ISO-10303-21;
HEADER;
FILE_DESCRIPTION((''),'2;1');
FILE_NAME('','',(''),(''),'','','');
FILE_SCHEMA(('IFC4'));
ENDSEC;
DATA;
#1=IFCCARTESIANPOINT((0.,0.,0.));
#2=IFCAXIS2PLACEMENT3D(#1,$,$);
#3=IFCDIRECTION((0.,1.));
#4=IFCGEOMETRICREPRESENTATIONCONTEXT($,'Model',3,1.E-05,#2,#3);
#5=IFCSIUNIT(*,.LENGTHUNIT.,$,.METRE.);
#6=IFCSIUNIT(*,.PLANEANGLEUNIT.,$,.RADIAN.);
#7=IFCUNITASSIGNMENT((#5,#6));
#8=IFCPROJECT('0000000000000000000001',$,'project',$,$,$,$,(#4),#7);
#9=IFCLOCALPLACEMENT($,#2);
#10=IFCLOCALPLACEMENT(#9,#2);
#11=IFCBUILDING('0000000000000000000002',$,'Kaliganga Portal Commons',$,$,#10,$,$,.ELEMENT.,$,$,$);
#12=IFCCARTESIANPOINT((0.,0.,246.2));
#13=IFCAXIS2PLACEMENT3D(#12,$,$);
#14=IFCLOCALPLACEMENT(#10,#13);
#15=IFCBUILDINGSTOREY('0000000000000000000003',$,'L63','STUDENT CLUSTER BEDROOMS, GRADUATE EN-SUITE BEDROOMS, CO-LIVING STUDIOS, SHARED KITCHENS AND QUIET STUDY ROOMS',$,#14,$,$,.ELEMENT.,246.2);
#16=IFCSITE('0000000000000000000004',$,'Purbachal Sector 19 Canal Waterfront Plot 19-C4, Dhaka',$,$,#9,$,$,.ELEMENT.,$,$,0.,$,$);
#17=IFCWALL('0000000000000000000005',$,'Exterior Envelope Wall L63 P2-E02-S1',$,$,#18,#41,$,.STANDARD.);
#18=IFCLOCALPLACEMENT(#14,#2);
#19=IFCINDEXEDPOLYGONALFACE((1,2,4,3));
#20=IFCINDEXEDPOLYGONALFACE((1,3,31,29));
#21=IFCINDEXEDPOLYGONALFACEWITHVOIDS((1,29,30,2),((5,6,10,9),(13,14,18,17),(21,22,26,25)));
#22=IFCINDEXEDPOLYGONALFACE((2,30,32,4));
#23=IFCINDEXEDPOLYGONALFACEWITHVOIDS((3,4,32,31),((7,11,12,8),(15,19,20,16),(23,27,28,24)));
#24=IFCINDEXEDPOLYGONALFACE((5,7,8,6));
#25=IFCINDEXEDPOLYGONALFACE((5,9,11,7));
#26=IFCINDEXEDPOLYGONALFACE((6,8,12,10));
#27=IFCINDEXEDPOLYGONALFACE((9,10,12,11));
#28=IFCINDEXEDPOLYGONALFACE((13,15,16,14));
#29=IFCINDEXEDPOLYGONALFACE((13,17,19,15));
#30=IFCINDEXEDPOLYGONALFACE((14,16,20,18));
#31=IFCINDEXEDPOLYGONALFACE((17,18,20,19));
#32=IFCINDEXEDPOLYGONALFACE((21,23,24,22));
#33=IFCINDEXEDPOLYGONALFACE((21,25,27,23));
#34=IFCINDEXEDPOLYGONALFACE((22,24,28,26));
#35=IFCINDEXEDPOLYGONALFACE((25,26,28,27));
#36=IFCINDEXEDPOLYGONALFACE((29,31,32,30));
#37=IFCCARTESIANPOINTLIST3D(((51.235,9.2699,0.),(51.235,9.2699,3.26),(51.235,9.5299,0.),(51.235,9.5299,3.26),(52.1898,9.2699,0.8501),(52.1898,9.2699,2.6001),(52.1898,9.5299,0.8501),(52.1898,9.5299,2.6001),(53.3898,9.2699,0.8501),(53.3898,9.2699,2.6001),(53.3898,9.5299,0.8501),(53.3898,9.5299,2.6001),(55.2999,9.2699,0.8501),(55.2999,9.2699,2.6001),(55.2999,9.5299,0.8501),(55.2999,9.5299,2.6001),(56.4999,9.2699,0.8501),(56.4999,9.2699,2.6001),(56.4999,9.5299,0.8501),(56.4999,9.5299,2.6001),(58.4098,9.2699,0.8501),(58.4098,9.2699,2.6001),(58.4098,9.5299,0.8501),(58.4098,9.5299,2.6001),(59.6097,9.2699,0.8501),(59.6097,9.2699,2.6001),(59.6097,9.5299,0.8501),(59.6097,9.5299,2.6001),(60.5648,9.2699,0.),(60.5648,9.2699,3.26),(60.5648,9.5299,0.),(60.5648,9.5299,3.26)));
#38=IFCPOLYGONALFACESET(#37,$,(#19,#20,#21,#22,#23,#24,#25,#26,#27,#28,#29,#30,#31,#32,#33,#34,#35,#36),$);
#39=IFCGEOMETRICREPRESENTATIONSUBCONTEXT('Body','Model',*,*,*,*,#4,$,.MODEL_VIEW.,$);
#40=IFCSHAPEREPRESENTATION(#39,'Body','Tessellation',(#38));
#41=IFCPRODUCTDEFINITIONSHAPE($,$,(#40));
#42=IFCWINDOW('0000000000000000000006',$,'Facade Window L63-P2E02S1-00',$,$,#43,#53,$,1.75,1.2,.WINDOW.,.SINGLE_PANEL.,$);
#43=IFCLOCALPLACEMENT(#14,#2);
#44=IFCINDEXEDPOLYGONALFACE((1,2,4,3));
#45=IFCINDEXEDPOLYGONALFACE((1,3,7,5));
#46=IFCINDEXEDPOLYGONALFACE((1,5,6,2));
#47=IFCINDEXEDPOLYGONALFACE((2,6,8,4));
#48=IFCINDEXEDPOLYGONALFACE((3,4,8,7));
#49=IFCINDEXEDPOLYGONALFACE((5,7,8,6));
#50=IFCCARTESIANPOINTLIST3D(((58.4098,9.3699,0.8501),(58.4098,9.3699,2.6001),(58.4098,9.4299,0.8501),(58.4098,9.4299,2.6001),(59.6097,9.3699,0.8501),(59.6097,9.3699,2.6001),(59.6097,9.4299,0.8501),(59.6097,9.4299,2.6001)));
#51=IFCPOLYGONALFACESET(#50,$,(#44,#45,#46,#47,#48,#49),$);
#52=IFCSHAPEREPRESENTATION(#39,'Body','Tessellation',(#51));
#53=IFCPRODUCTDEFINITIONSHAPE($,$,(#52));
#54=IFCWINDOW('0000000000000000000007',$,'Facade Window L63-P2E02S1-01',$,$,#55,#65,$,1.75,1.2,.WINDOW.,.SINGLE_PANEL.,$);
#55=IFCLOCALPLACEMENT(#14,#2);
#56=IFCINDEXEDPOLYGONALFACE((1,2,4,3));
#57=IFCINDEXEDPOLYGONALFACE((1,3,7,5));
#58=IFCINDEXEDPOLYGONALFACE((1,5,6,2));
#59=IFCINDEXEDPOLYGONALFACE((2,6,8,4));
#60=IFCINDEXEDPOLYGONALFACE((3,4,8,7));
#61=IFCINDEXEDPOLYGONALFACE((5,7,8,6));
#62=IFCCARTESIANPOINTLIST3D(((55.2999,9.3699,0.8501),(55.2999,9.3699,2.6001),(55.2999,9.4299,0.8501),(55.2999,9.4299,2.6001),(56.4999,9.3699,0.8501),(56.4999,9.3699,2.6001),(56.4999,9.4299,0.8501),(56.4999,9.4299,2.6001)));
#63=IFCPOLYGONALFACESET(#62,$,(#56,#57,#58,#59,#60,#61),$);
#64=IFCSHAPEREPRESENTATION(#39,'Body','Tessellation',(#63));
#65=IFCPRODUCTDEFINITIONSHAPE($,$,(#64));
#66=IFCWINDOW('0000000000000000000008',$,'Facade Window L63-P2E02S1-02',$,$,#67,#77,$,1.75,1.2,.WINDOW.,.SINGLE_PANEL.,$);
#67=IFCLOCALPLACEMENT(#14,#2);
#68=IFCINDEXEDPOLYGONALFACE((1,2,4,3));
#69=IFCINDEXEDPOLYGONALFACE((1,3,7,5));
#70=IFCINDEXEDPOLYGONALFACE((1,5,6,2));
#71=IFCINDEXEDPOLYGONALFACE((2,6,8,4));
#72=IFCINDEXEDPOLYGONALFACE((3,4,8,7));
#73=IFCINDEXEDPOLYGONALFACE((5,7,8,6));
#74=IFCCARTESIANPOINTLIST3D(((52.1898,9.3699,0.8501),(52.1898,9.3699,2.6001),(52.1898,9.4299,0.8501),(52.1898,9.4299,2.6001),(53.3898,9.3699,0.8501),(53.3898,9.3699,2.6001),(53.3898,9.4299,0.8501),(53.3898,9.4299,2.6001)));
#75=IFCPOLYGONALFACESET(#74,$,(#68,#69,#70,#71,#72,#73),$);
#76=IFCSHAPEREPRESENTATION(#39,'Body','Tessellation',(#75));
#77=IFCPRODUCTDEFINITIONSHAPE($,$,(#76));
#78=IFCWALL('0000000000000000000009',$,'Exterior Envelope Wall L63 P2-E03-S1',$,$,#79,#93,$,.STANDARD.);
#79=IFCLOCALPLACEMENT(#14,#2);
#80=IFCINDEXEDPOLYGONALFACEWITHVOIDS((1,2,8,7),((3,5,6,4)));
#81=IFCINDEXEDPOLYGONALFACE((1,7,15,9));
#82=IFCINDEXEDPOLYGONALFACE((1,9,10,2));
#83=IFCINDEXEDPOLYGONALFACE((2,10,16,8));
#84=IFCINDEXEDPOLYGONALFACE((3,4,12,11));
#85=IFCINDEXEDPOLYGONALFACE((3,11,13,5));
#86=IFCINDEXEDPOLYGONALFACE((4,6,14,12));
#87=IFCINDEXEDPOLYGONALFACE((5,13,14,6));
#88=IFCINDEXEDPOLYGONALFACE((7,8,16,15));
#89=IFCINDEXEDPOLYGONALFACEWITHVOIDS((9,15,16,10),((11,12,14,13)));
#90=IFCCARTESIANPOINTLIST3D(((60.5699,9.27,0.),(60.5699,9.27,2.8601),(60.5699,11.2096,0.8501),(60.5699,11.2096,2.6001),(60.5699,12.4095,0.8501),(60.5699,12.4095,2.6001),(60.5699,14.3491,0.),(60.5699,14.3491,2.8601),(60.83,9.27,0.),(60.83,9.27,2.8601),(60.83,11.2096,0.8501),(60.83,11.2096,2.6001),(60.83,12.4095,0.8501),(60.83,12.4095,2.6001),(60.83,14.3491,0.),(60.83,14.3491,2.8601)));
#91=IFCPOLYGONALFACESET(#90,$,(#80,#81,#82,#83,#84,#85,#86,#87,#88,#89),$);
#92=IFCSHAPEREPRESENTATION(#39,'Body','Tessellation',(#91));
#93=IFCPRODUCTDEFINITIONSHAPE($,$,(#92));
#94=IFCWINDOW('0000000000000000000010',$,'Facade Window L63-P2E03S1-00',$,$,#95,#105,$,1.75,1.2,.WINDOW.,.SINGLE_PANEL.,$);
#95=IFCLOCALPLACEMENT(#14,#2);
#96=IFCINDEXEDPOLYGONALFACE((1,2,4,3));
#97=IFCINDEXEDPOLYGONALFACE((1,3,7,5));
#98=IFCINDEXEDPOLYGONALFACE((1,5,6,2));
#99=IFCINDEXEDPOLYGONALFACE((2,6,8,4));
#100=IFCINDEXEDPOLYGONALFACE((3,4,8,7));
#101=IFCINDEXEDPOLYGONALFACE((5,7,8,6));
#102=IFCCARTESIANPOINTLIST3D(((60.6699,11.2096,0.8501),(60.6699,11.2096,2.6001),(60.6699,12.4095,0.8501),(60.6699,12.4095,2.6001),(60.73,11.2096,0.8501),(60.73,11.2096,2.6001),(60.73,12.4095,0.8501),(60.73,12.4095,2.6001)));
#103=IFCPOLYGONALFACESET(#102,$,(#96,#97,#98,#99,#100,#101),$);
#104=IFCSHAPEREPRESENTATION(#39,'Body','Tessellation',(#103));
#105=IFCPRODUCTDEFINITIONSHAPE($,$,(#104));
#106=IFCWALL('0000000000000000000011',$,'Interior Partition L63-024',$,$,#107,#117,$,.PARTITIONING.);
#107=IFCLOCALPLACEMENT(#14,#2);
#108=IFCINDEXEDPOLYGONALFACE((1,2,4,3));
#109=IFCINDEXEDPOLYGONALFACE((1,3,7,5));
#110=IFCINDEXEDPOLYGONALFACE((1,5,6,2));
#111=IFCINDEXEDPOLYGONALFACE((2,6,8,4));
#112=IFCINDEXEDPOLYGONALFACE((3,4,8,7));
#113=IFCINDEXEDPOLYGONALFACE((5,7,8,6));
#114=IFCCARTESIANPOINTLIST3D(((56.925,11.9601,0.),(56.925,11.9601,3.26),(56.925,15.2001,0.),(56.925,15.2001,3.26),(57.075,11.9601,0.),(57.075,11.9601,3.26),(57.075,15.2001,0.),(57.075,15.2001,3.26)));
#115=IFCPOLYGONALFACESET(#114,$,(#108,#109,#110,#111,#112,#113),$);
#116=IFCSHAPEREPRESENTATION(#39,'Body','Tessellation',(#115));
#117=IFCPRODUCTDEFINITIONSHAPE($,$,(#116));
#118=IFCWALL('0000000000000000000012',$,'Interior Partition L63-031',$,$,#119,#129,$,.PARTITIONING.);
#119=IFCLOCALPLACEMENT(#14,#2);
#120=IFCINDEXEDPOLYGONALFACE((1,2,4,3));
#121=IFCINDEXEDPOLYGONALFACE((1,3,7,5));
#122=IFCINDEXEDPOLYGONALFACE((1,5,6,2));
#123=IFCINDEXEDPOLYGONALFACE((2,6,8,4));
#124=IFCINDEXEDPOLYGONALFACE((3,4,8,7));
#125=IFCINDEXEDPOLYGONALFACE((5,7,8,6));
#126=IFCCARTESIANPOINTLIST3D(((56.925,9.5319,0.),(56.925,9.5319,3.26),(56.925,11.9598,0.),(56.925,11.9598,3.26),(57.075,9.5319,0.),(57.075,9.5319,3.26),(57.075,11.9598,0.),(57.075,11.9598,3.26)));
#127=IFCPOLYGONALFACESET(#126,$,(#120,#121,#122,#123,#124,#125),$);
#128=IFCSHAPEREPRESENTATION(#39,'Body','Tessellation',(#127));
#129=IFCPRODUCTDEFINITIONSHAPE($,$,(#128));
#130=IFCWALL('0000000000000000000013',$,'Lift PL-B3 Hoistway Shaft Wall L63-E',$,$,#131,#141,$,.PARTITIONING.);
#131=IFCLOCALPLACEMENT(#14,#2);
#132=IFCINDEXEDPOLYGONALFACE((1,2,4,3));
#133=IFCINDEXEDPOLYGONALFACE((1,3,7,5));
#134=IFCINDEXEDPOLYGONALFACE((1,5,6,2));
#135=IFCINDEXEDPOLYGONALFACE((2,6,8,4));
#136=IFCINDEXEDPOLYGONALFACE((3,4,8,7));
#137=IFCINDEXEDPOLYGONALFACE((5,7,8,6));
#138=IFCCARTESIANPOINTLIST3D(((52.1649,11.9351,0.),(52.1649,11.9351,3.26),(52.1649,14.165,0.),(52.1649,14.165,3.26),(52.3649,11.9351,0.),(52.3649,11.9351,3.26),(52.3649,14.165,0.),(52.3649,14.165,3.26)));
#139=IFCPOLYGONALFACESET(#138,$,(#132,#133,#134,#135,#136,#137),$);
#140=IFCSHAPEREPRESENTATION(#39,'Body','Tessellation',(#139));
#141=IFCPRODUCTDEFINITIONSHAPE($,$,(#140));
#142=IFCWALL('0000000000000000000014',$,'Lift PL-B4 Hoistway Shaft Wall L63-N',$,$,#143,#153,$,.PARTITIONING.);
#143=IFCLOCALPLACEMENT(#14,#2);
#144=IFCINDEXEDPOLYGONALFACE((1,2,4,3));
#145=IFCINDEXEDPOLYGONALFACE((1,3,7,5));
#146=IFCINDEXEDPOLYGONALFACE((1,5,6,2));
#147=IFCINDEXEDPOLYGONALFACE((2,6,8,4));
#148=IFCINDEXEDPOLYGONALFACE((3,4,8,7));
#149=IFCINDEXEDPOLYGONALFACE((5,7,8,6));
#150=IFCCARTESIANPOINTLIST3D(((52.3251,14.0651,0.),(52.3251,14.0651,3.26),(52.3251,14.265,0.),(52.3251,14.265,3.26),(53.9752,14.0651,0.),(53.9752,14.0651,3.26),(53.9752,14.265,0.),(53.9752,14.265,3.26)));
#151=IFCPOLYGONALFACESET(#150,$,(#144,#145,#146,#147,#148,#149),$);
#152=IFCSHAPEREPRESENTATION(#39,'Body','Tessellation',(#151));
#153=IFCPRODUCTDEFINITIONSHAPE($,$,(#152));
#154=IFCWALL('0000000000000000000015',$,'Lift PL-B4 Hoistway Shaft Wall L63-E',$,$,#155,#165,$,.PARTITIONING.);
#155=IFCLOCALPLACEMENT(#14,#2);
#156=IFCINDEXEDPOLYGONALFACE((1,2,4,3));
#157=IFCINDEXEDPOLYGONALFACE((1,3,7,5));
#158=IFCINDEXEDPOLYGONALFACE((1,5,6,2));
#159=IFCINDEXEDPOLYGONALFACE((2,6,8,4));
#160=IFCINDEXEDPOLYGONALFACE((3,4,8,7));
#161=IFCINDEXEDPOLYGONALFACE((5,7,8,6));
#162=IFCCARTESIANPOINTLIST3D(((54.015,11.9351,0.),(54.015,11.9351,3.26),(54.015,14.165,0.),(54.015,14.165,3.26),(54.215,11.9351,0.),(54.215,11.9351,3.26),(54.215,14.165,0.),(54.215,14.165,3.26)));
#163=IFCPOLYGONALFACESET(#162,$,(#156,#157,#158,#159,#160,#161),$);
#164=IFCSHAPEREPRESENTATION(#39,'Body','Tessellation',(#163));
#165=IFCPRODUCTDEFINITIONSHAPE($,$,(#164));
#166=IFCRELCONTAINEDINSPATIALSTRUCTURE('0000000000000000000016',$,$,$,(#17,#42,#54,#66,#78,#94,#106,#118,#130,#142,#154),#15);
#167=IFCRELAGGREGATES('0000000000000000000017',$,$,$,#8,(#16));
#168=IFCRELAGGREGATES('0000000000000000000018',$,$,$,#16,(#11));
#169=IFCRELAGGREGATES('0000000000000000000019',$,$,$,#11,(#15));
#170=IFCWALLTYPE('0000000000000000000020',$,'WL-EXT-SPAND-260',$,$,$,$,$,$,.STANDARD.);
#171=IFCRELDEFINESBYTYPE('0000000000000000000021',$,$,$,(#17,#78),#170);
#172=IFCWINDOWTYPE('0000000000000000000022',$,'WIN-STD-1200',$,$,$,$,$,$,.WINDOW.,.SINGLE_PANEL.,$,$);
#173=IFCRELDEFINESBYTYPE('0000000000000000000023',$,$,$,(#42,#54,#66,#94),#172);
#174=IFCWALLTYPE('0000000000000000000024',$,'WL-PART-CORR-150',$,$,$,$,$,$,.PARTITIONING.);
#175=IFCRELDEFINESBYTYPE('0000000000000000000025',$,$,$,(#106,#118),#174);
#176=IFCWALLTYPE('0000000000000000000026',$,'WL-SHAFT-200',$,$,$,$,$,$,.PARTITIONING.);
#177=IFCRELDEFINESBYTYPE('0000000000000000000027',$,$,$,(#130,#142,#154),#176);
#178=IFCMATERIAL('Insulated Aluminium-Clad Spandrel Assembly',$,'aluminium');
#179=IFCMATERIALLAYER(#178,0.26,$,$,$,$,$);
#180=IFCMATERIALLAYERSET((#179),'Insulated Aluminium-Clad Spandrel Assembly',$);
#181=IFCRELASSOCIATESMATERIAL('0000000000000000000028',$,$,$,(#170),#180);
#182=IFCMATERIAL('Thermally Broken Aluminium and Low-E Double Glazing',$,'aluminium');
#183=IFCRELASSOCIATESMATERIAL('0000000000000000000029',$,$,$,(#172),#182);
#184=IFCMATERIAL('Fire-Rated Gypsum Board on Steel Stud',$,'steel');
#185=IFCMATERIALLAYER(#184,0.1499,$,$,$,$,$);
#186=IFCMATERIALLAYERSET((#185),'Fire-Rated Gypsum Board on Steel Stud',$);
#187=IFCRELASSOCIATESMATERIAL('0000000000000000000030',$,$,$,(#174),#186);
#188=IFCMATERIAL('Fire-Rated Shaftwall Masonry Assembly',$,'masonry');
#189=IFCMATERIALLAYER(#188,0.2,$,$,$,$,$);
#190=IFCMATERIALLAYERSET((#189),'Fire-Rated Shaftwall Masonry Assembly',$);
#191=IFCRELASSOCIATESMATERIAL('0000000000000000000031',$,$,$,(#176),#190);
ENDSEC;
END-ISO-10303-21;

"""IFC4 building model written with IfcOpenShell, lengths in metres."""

from ifc_helpers import new_model, si_unit, direction, frame, frame_2d, origin, place, context, subcontext, project, spatial, rectangle, extrude, material, layer, layer_set, type_object, element, fill, save


model = new_model("IFC4")

# Units and contexts
model_context = context("Model", 3, precision=1e-05, world=origin(), true_north=direction((0.0, 1.0)))
body_context = subcontext(model_context, "Body", "Model", "MODEL_VIEW")
ifc_project = project(units=[si_unit("LENGTHUNIT", "METRE"), si_unit("PLANEANGLEUNIT", "RADIAN")], contexts=[model_context])

# Site, building, storey
site_placement = place(None, origin())
site = spatial("IfcSite", under=ifc_project, at=site_placement, Name="Purbachal Sector 19 Canal Waterfront Plot 19-C4, Dhaka", CompositionType="ELEMENT", RefElevation=0.0)
building_placement = place(site_placement, origin())
building = spatial("IfcBuilding", under=site, at=building_placement, Name="Kaliganga Portal Commons", CompositionType="ELEMENT")
storey_placement = place(building_placement, frame((0.0, 0.0, 246.2)))
storey = spatial("IfcBuildingStorey", under=building, at=storey_placement, Name="L63", Description="STUDENT CLUSTER BEDROOMS, GRADUATE EN-SUITE BEDROOMS, CO-LIVING STUDIOS, SHARED KITCHENS AND QUIET STUDY ROOMS", CompositionType="ELEMENT", Elevation=246.2)

# Wall, openings, windows
ifc_material_1 = material(Name="Insulated Aluminium-Clad Spandrel Assembly", Category="aluminium")
ifc_layer_1 = layer(ifc_material_1, 0.26)
ifc_layer_set_1 = layer_set([ifc_layer_1], Name="Insulated Aluminium-Clad Spandrel Assembly")
wall_type_1 = type_object("IfcWallType", Name="WL-EXT-SPAND-260", PredefinedType="STANDARD", material=ifc_layer_set_1)
wall_1_placement = place(storey_placement, frame((60.5649, 9.3999, 0.0), z_axis=(0.0, 0.0, 1.0), x_axis=(-1.0, 0.0, 0.0)))
wall_1 = element("IfcWall", 1, at=wall_1_placement, inside=storey, type_object=wall_type_1, Name="Exterior Envelope Wall L63 P2-E02-S1", PredefinedType="STANDARD", context=body_context, shape_type="SweptSolid", body=[
    extrude(rectangle(XDim=9.3298, YDim=0.26, at=frame_2d((4.665, 0.0))), origin(), (0.0, 0.0, 1.0), 3.26),
])
opening_1_placement = place(wall_1_placement, frame((0.9551, 0.0, 0.8501)))
opening_1 = element("IfcOpeningElement", 2, at=opening_1_placement, cuts=wall_1, PredefinedType="OPENING", context=body_context, shape_type="SweptSolid", body=[
    extrude(rectangle(XDim=1.2, YDim=1.75, at=frame_2d((0.6001, 0.875))), frame((0.0, 0.1401, 0.0), z_axis=(0.0, -1.0, 0.0), x_axis=(1.0, 0.0, 0.0)), (0.0, 0.0, 1.0), 0.28),
])
opening_2_placement = place(wall_1_placement, frame((4.0649, 0.0, 0.8501)))
opening_2 = element("IfcOpeningElement", 3, at=opening_2_placement, cuts=wall_1, PredefinedType="OPENING", context=body_context, shape_type="SweptSolid", body=[
    extrude(rectangle(XDim=1.2, YDim=1.75, at=frame_2d((0.6001, 0.875))), frame((0.0, 0.1401, 0.0), z_axis=(0.0, -1.0, 0.0), x_axis=(1.0, 0.0, 0.0)), (0.0, 0.0, 1.0), 0.28),
])
opening_3_placement = place(wall_1_placement, frame((7.175, 0.0, 0.8501)))
opening_3 = element("IfcOpeningElement", 4, at=opening_3_placement, cuts=wall_1, PredefinedType="OPENING", context=body_context, shape_type="SweptSolid", body=[
    extrude(rectangle(XDim=1.2, YDim=1.75, at=frame_2d((0.6001, 0.875))), frame((0.0, 0.1401, 0.0), z_axis=(0.0, -1.0, 0.0), x_axis=(1.0, 0.0, 0.0)), (0.0, 0.0, 1.0), 0.28),
])
ifc_material_2 = material(Name="Thermally Broken Aluminium and Low-E Double Glazing", Category="aluminium")
window_type = type_object("IfcWindowType", Name="WIN-STD-1200", PartitioningType="SINGLE_PANEL", PredefinedType="WINDOW", material=ifc_material_2)
window_1_placement = place(opening_1_placement, origin())
window_1 = element("IfcWindow", 5, at=window_1_placement, inside=storey, type_object=window_type, Name="Facade Window L63-P2E02S1-00", OverallHeight=1.75, OverallWidth=1.2, PartitioningType="SINGLE_PANEL", PredefinedType="WINDOW", context=body_context, shape_type="SweptSolid", body=[
    extrude(rectangle(XDim=1.2, YDim=1.75, at=frame_2d((0.6001, 0.875))), frame((0.0, 0.03, 0.0), z_axis=(0.0, -1.0, 0.0), x_axis=(1.0, 0.0, 0.0)), (0.0, 0.0, 1.0), 0.0601),
])
fill(opening_1, window_1)
window_2_placement = place(opening_2_placement, origin())
window_2 = element("IfcWindow", 6, at=window_2_placement, inside=storey, type_object=window_type, Name="Facade Window L63-P2E02S1-01", OverallHeight=1.75, OverallWidth=1.2, PartitioningType="SINGLE_PANEL", PredefinedType="WINDOW", context=body_context, shape_type="SweptSolid", body=[
    extrude(rectangle(XDim=1.2, YDim=1.75, at=frame_2d((0.6001, 0.875))), frame((0.0, 0.03, 0.0), z_axis=(0.0, -1.0, 0.0), x_axis=(1.0, 0.0, 0.0)), (0.0, 0.0, 1.0), 0.0601),
])
fill(opening_2, window_2)
window_3_placement = place(opening_3_placement, origin())
window_3 = element("IfcWindow", 7, at=window_3_placement, inside=storey, type_object=window_type, Name="Facade Window L63-P2E02S1-02", OverallHeight=1.75, OverallWidth=1.2, PartitioningType="SINGLE_PANEL", PredefinedType="WINDOW", context=body_context, shape_type="SweptSolid", body=[
    extrude(rectangle(XDim=1.2, YDim=1.75, at=frame_2d((0.6001, 0.875))), frame((0.0, 0.03, 0.0), z_axis=(0.0, -1.0, 0.0), x_axis=(1.0, 0.0, 0.0)), (0.0, 0.0, 1.0), 0.0601),
])
fill(opening_3, window_3)

# Wall, opening, window
wall_2_placement = place(storey_placement, frame((60.7, 14.3491, 0.0), z_axis=(0.0, 0.0, 1.0), x_axis=(0.0, -1.0, 0.0)))
wall_2 = element("IfcWall", 8, at=wall_2_placement, inside=storey, type_object=wall_type_1, Name="Exterior Envelope Wall L63 P2-E03-S1", PredefinedType="STANDARD", context=body_context, shape_type="SweptSolid", body=[
    extrude(rectangle(XDim=5.0791, YDim=0.26, at=frame_2d((2.5396, 0.0))), origin(), (0.0, 0.0, 1.0), 2.8601),
])
opening_4_placement = place(wall_2_placement, frame((1.9395, 0.0, 0.8501)))
opening_4 = element("IfcOpeningElement", 9, at=opening_4_placement, cuts=wall_2, PredefinedType="OPENING", context=body_context, shape_type="SweptSolid", body=[
    extrude(rectangle(XDim=1.2, YDim=1.75, at=frame_2d((0.6001, 0.875))), frame((0.0, 0.1401, 0.0), z_axis=(0.0, -1.0, 0.0), x_axis=(1.0, 0.0, 0.0)), (0.0, 0.0, 1.0), 0.28),
])
window_4_placement = place(opening_4_placement, origin())
window_4 = element("IfcWindow", 10, at=window_4_placement, inside=storey, type_object=window_type, Name="Facade Window L63-P2E03S1-00", OverallHeight=1.75, OverallWidth=1.2, PartitioningType="SINGLE_PANEL", PredefinedType="WINDOW", context=body_context, shape_type="SweptSolid", body=[
    extrude(rectangle(XDim=1.2, YDim=1.75, at=frame_2d((0.6001, 0.875))), frame((0.0, 0.03, 0.0), z_axis=(0.0, -1.0, 0.0), x_axis=(1.0, 0.0, 0.0)), (0.0, 0.0, 1.0), 0.0601),
])
fill(opening_4, window_4)

# Walls
ifc_material_3 = material(Name="Fire-Rated Gypsum Board on Steel Stud", Category="steel")
ifc_layer_2 = layer(ifc_material_3, 0.1499)
ifc_layer_set_2 = layer_set([ifc_layer_2], Name="Fire-Rated Gypsum Board on Steel Stud")
wall_type_2 = type_object("IfcWallType", Name="WL-PART-CORR-150", PredefinedType="PARTITIONING", material=ifc_layer_set_2)
wall_3_placement = place(storey_placement, frame((57.0, 11.96, 0.0), z_axis=(0.0, 0.0, 1.0), x_axis=(0.0, 1.0, 0.0)))
element("IfcWall", 11, at=wall_3_placement, inside=storey, type_object=wall_type_2, Name="Interior Partition L63-024", PredefinedType="PARTITIONING", context=body_context, shape_type="SweptSolid", body=[
    extrude(rectangle(XDim=3.24, YDim=0.1499, at=frame_2d((1.6201, 0.0))), origin(), (0.0, 0.0, 1.0), 3.26),
])
wall_4_placement = place(storey_placement, frame((57.0, 9.532, 0.0), z_axis=(0.0, 0.0, 1.0), x_axis=(0.0, 1.0, 0.0)))
element("IfcWall", 12, at=wall_4_placement, inside=storey, type_object=wall_type_2, Name="Interior Partition L63-031", PredefinedType="PARTITIONING", context=body_context, shape_type="SweptSolid", body=[
    extrude(rectangle(XDim=2.428, YDim=0.1499, at=frame_2d((1.2139, 0.0))), origin(), (0.0, 0.0, 1.0), 3.26),
])
ifc_material_4 = material(Name="Fire-Rated Shaftwall Masonry Assembly", Category="masonry")
ifc_layer_3 = layer(ifc_material_4, 0.2)
ifc_layer_set_3 = layer_set([ifc_layer_3], Name="Fire-Rated Shaftwall Masonry Assembly")
wall_type_3 = type_object("IfcWallType", Name="WL-SHAFT-200", PredefinedType="PARTITIONING", material=ifc_layer_set_3)
wall_5_placement = place(storey_placement, frame((52.2649, 11.9351, 0.0), z_axis=(0.0, 0.0, 1.0), x_axis=(0.0, 1.0, 0.0)))
element("IfcWall", 13, at=wall_5_placement, inside=storey, type_object=wall_type_3, Name="Lift PL-B3 Hoistway Shaft Wall L63-E", PredefinedType="PARTITIONING", context=body_context, shape_type="SweptSolid", body=[
    extrude(rectangle(XDim=2.23, YDim=0.2, at=frame_2d((1.115, 0.0))), origin(), (0.0, 0.0, 1.0), 3.26),
])

# Walls
wall_6_placement = place(storey_placement, frame((52.325, 14.165, 0.0), z_axis=(0.0, 0.0, 1.0), x_axis=(1.0, 0.0, 0.0)))
element("IfcWall", 14, at=wall_6_placement, inside=storey, type_object=wall_type_3, Name="Lift PL-B4 Hoistway Shaft Wall L63-N", PredefinedType="PARTITIONING", context=body_context, shape_type="SweptSolid", body=[
    extrude(rectangle(XDim=1.6501, YDim=0.2, at=frame_2d((0.8252, 0.0))), origin(), (0.0, 0.0, 1.0), 3.26),
])
wall_7_placement = place(storey_placement, frame((54.115, 11.9351, 0.0), z_axis=(0.0, 0.0, 1.0), x_axis=(0.0, 1.0, 0.0)))
element("IfcWall", 15, at=wall_7_placement, inside=storey, type_object=wall_type_3, Name="Lift PL-B4 Hoistway Shaft Wall L63-E", PredefinedType="PARTITIONING", context=body_context, shape_type="SweptSolid", body=[
    extrude(rectangle(XDim=2.23, YDim=0.2, at=frame_2d((1.115, 0.0))), origin(), (0.0, 0.0, 1.0), 3.26),
])

save(model, "model.ifc")
